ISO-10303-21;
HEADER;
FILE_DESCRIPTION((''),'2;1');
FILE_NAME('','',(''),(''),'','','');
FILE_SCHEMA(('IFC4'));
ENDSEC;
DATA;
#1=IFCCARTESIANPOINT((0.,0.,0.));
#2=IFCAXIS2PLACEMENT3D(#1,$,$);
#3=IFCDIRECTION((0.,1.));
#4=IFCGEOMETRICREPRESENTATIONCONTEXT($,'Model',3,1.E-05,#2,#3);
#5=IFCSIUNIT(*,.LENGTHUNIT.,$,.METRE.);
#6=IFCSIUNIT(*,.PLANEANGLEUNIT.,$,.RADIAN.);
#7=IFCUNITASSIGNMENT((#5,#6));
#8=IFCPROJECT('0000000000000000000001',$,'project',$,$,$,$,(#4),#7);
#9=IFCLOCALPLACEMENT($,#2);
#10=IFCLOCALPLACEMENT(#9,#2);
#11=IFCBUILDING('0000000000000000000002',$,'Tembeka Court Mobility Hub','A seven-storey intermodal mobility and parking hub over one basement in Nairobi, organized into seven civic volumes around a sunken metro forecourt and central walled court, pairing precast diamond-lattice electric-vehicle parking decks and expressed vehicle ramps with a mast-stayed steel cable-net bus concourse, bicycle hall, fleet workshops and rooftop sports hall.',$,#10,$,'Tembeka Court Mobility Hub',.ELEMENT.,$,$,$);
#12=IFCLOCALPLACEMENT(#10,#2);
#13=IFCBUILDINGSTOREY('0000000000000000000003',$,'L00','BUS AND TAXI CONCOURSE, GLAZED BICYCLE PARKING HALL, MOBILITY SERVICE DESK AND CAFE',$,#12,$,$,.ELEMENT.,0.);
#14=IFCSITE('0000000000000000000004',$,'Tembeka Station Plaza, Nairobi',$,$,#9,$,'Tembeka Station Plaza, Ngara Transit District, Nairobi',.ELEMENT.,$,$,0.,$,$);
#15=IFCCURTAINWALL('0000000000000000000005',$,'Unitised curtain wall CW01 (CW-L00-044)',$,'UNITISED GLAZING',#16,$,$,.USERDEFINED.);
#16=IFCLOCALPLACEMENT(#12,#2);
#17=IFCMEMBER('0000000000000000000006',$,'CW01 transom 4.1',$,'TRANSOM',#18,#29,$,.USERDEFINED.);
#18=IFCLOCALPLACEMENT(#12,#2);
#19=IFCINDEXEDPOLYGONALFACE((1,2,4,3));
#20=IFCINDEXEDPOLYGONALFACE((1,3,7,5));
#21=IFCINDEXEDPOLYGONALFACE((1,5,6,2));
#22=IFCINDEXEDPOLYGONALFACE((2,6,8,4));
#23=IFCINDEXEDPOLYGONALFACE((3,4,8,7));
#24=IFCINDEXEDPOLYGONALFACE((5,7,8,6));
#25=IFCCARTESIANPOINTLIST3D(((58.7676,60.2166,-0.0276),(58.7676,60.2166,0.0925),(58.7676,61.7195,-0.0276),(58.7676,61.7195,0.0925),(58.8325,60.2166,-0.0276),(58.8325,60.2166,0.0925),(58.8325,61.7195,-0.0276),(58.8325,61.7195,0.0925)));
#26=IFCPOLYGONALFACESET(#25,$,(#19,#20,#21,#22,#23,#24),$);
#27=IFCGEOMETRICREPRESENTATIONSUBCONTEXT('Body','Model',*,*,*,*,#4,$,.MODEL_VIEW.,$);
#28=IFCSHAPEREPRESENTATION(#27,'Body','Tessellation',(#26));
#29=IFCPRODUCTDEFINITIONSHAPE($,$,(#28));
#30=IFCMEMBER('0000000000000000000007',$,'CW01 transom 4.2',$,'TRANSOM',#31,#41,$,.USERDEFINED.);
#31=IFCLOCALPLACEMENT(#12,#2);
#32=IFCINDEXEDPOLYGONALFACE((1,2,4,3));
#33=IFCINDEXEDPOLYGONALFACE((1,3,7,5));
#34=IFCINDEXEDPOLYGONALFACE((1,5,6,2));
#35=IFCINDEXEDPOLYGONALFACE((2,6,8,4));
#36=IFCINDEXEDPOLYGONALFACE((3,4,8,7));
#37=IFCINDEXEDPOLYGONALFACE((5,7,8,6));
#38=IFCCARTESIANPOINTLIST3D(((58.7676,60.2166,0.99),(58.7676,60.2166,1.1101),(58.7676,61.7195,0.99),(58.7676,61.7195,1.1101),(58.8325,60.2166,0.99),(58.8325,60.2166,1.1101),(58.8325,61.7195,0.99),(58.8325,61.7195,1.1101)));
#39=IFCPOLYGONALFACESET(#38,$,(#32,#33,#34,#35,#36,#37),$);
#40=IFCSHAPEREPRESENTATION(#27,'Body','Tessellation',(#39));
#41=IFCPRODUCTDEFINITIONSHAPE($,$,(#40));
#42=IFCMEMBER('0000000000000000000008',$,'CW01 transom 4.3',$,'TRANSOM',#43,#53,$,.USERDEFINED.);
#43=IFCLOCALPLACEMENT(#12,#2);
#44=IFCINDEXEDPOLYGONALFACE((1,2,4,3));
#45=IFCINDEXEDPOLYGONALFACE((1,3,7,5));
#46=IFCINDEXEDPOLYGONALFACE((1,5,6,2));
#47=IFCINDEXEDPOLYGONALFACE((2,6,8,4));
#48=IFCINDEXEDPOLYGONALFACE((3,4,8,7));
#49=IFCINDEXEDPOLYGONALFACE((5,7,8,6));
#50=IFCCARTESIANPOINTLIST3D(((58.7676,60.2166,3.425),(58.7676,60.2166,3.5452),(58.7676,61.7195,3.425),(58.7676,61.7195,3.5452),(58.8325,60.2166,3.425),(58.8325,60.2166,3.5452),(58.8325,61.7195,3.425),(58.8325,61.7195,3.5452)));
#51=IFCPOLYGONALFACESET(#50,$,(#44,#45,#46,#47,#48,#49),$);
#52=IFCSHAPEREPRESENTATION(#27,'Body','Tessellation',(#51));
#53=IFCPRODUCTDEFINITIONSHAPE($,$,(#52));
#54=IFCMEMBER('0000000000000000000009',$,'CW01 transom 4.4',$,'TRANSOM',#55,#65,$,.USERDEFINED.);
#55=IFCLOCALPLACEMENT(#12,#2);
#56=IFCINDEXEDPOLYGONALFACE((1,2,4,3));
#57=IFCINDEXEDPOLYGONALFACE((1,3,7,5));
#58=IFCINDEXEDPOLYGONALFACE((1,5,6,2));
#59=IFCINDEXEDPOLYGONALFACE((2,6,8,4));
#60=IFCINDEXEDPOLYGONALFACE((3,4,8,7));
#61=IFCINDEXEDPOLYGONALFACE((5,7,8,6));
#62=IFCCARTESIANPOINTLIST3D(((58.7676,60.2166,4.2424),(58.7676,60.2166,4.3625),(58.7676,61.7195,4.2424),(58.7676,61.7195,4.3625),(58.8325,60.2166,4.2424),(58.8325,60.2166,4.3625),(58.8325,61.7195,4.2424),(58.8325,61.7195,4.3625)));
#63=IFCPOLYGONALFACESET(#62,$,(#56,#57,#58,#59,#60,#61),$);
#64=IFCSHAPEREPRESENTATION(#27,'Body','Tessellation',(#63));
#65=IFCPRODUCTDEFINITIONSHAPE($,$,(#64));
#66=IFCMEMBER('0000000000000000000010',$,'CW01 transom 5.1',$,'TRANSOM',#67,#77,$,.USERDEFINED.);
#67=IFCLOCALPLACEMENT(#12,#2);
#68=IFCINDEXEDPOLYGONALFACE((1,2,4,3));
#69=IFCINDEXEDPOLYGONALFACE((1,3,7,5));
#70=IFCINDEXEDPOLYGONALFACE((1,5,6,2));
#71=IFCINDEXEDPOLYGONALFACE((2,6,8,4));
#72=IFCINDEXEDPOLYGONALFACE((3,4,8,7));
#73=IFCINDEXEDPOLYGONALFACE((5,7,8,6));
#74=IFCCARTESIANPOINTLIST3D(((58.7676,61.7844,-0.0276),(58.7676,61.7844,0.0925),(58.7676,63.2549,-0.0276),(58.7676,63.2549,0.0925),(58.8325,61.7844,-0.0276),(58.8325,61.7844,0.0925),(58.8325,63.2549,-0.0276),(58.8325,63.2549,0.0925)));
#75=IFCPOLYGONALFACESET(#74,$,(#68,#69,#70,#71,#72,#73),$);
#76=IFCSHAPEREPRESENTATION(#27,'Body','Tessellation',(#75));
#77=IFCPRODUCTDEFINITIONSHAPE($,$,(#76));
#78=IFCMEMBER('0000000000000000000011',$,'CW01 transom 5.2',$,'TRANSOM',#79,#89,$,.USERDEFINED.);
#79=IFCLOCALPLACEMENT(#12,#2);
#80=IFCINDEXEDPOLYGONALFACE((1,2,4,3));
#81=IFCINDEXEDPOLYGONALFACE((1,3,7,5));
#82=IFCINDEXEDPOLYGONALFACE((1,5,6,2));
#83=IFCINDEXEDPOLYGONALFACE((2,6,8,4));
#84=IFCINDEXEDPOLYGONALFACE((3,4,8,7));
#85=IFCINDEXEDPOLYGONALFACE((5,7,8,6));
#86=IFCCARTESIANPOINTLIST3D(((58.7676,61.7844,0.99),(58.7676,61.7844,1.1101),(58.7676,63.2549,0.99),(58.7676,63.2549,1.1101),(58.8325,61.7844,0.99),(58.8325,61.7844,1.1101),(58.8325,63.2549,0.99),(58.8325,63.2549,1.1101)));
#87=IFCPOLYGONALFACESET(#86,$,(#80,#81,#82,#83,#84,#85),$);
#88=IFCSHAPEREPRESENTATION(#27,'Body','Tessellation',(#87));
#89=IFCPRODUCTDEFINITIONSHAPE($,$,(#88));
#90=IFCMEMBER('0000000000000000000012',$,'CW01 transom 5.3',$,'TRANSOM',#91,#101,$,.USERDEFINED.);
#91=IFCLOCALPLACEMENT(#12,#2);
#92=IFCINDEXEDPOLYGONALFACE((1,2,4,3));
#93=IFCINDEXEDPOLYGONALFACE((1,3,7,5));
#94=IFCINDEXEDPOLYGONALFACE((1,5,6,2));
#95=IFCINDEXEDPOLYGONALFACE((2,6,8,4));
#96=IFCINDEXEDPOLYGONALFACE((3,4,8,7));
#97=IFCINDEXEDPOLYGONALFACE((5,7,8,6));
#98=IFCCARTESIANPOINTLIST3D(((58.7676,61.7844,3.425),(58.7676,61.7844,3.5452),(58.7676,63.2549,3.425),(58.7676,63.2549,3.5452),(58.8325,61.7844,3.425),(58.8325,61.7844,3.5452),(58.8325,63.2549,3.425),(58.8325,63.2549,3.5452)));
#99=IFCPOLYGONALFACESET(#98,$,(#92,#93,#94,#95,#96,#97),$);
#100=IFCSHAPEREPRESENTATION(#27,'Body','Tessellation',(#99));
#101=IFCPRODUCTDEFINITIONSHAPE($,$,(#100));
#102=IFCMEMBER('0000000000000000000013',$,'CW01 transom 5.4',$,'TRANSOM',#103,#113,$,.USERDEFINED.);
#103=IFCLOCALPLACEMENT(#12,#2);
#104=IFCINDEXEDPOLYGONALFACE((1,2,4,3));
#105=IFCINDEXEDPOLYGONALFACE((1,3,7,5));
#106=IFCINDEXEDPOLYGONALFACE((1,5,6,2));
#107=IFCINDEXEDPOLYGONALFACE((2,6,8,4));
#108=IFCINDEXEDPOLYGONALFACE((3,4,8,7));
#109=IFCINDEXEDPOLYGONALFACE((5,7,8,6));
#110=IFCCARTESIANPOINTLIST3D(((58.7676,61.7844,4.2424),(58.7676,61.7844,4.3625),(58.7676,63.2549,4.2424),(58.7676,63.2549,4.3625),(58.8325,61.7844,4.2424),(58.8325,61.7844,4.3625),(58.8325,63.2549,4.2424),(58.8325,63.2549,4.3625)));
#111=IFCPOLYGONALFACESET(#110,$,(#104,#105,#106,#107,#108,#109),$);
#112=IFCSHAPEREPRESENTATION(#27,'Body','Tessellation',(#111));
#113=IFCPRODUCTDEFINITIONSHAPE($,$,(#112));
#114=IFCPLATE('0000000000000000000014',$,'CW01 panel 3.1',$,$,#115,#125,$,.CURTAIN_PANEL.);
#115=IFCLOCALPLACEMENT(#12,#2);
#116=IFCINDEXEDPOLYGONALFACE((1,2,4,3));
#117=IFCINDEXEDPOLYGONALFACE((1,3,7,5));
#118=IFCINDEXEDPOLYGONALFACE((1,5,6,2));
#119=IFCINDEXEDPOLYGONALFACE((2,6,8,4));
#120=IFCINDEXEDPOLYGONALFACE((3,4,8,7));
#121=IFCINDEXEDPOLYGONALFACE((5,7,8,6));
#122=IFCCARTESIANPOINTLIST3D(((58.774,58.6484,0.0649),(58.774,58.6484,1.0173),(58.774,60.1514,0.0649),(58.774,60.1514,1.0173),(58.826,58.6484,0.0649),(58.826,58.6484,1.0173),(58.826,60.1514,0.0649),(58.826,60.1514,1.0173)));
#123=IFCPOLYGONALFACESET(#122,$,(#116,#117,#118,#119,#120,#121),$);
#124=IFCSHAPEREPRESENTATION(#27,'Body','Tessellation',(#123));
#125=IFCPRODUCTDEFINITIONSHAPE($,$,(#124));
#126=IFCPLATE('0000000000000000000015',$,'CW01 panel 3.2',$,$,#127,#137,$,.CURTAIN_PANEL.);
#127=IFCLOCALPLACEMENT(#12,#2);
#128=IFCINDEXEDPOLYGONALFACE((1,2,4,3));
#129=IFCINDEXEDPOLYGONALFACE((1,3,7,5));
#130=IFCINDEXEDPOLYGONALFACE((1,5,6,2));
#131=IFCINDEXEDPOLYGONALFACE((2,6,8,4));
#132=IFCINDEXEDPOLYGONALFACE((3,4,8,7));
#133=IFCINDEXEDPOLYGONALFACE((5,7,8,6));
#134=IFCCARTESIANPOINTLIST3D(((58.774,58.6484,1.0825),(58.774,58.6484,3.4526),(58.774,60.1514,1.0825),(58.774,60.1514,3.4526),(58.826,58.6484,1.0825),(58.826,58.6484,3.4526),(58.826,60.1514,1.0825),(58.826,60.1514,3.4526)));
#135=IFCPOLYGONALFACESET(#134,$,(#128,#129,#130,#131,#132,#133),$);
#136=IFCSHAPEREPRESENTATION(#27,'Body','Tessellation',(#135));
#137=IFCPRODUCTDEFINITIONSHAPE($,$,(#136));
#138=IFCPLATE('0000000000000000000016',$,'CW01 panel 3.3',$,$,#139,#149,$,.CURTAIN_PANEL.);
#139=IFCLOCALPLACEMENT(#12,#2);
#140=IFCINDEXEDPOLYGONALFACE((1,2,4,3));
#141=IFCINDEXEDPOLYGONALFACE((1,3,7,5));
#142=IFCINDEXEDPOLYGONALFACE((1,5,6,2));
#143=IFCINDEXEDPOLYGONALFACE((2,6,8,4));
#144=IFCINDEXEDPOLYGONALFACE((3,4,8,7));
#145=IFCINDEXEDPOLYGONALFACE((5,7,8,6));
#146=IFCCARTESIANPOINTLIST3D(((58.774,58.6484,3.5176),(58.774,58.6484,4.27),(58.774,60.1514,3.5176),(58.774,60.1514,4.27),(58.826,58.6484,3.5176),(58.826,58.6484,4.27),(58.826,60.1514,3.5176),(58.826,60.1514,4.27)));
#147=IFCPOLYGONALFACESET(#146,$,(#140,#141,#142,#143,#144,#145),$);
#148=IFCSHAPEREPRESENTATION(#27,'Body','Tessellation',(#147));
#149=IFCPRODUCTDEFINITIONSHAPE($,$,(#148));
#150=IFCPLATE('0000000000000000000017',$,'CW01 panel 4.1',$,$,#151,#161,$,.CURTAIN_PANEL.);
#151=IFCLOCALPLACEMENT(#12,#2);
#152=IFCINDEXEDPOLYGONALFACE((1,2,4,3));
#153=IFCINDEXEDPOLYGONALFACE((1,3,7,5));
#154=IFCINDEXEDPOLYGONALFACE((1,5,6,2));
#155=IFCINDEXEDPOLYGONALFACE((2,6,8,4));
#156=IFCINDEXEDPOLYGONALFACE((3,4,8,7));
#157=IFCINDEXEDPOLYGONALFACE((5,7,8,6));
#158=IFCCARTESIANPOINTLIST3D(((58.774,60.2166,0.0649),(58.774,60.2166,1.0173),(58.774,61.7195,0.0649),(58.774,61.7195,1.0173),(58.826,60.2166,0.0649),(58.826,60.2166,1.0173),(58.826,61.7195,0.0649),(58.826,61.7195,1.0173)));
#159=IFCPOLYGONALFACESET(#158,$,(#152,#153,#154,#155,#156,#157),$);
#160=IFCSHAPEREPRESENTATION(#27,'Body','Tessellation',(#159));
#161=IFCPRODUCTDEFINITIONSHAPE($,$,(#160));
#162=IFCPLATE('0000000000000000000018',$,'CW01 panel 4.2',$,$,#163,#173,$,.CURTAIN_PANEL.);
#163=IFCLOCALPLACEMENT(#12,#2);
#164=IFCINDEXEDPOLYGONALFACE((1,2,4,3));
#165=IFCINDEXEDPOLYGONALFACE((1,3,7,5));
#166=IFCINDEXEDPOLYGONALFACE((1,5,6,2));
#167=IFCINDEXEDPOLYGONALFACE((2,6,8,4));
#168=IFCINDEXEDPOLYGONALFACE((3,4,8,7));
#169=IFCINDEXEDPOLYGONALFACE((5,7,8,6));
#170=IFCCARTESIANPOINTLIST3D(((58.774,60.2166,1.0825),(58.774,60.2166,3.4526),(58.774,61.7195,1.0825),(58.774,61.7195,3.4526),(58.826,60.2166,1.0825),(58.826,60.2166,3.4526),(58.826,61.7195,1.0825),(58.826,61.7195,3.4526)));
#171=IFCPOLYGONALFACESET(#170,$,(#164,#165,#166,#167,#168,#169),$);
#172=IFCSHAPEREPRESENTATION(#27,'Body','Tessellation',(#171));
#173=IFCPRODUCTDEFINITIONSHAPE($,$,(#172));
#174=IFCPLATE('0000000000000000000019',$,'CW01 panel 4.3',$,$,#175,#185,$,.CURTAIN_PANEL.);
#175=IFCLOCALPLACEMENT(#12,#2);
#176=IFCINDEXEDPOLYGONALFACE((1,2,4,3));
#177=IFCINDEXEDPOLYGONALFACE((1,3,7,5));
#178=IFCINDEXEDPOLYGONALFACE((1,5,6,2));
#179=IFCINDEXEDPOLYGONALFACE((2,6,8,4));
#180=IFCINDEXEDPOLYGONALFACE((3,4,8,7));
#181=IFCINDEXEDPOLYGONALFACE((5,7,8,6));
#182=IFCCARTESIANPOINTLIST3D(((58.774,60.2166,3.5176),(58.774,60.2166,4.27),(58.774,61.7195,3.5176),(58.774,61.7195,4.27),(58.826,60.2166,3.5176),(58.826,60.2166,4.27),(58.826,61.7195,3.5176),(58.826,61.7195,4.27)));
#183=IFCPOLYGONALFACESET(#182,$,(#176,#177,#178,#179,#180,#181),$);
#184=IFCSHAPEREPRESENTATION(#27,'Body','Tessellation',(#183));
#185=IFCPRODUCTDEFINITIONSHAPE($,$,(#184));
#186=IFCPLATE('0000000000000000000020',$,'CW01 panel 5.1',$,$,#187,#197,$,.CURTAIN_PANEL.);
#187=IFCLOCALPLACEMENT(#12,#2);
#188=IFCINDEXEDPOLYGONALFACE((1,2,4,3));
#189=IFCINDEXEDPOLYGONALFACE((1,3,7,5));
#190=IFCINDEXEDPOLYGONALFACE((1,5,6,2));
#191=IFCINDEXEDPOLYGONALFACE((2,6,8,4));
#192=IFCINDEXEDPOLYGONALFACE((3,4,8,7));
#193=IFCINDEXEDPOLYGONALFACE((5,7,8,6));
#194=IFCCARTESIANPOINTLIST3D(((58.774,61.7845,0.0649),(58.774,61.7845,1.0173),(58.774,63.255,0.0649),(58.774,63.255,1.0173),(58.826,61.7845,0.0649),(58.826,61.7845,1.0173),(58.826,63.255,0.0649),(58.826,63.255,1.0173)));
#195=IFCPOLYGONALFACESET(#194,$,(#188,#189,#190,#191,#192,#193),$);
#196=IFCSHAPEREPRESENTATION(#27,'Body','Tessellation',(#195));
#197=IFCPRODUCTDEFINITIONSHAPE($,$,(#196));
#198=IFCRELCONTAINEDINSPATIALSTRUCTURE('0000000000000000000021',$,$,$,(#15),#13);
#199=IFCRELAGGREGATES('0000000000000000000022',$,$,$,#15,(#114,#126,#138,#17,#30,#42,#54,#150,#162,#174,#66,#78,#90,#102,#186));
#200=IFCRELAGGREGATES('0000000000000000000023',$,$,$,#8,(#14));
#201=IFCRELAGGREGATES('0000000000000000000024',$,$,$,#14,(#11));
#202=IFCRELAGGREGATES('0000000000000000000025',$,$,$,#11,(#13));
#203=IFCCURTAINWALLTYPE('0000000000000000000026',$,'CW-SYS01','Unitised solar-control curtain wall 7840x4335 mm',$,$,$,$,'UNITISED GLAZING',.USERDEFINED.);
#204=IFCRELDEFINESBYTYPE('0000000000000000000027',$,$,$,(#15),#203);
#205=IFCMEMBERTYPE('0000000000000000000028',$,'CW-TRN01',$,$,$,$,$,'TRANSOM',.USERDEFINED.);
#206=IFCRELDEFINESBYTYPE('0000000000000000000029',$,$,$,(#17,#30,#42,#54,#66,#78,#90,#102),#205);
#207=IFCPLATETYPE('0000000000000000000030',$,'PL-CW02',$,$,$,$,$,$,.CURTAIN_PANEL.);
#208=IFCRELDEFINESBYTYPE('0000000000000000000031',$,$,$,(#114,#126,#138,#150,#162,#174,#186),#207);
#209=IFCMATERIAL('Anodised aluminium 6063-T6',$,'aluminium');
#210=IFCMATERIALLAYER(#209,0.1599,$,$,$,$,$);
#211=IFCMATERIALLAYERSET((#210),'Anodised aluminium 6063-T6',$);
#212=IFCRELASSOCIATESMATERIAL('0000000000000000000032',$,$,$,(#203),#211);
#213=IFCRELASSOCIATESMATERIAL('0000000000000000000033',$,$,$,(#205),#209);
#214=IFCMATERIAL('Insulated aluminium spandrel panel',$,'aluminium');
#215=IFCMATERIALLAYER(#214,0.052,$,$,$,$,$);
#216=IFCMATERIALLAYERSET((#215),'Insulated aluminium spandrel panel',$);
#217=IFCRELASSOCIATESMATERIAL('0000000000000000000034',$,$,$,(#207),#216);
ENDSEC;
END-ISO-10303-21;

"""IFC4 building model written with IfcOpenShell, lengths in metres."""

from ifc_helpers import new_model, si_unit, direction, frame, origin, origin_2d, place, context, subcontext, project, spatial, rectangle, extrude, material, layer, layer_set, material_profile, profile_set, type_object, element, aggregate, save


model = new_model("IFC4")

# Units and contexts
model_context = context("Model", 3, precision=1e-05, world=origin(), true_north=direction((0.0, 1.0)))
body_context = subcontext(model_context, "Body", "Model", "MODEL_VIEW")
ifc_project = project(units=[si_unit("LENGTHUNIT", "METRE"), si_unit("PLANEANGLEUNIT", "RADIAN")], contexts=[model_context])

# Site, building, storey
site_placement = place(None, origin())
site = spatial("IfcSite", under=ifc_project, at=site_placement, Name="Tembeka Station Plaza, Nairobi", LongName="Tembeka Station Plaza, Ngara Transit District, Nairobi", CompositionType="ELEMENT", RefElevation=0.0)
building_placement = place(site_placement, origin())
building = spatial("IfcBuilding", under=site, at=building_placement, Name="Tembeka Court Mobility Hub", Description="A seven-storey intermodal mobility and parking hub over one basement in Nairobi, organized into seven civic volumes around a sunken metro forecourt and central walled court, pairing precast diamond-lattice electric-vehicle parking decks and expressed vehicle ramps with a mast-stayed steel cable-net bus concourse, bicycle hall, fleet workshops and rooftop sports hall.", LongName="Tembeka Court Mobility Hub", CompositionType="ELEMENT")
storey_placement = place(building_placement, origin())
storey = spatial("IfcBuildingStorey", under=building, at=storey_placement, Name="L00", Description="BUS AND TAXI CONCOURSE, GLAZED BICYCLE PARKING HALL, MOBILITY SERVICE DESK AND CAFE", CompositionType="ELEMENT", Elevation=0.0)

# Curtain wall, members, plates
ifc_material_1 = material(Name="Anodised aluminium 6063-T6", Category="aluminium")
ifc_layer_1 = layer(ifc_material_1, 0.1599)
ifc_layer_set_1 = layer_set([ifc_layer_1], Name="Anodised aluminium 6063-T6")
curtain_wall_type = type_object("IfcCurtainWallType", Name="CW-SYS01", Description="Unitised solar-control curtain wall 7840x4335 mm", ElementType="UNITISED GLAZING", PredefinedType="USERDEFINED", material=ifc_layer_set_1)
curtain_wall_placement = place(storey_placement, origin())
curtain_wall = element("IfcCurtainWall", 1, at=curtain_wall_placement, inside=storey, type_object=curtain_wall_type, Name="Unitised curtain wall CW01 (CW-L00-044)", ObjectType="UNITISED GLAZING", PredefinedType="USERDEFINED")
ifc_material_profile_1 = material_profile(ifc_material_1, rectangle(XDim=0.0649, YDim=0.1201, at=origin_2d()), Name="ALU-TRN 65x120")
ifc_profile_set_1 = profile_set([ifc_material_profile_1], Name="Anodised aluminium 6063-T6")
member_type_1 = type_object("IfcMemberType", Name="CW-TRN01", ElementType="TRANSOM", PredefinedType="USERDEFINED", material=ifc_profile_set_1)
member_1_placement = place(storey_placement, frame((58.8, 60.2166, 0.0325), z_axis=(0.0, 1.0, 0.0), x_axis=(-1.0, 0.0, 0.0)))
member_1 = element("IfcMember", 2, at=member_1_placement, type_object=member_type_1, Name="CW01 transom 4.1", ObjectType="TRANSOM", PredefinedType="USERDEFINED", context=body_context, shape_type="SweptSolid", body=[
    extrude(rectangle(XDim=0.0649, YDim=0.1201, at=origin_2d()), origin(), (0.0, 0.0, 1.0), 1.5029),
])
member_2_placement = place(storey_placement, frame((58.8, 60.2166, 1.05), z_axis=(0.0, 1.0, 0.0), x_axis=(-1.0, 0.0, 0.0)))
member_2 = element("IfcMember", 3, at=member_2_placement, type_object=member_type_1, Name="CW01 transom 4.2", ObjectType="TRANSOM", PredefinedType="USERDEFINED", context=body_context, shape_type="SweptSolid", body=[
    extrude(rectangle(XDim=0.0649, YDim=0.1201, at=origin_2d()), origin(), (0.0, 0.0, 1.0), 1.5029),
])
member_3_placement = place(storey_placement, frame((58.8, 60.2166, 3.4851), z_axis=(0.0, 1.0, 0.0), x_axis=(-1.0, 0.0, 0.0)))
member_3 = element("IfcMember", 4, at=member_3_placement, type_object=member_type_1, Name="CW01 transom 4.3", ObjectType="TRANSOM", PredefinedType="USERDEFINED", context=body_context, shape_type="SweptSolid", body=[
    extrude(rectangle(XDim=0.0649, YDim=0.1201, at=origin_2d()), origin(), (0.0, 0.0, 1.0), 1.5029),
])
member_4_placement = place(storey_placement, frame((58.8, 60.2166, 4.3025), z_axis=(0.0, 1.0, 0.0), x_axis=(-1.0, 0.0, 0.0)))
member_4 = element("IfcMember", 5, at=member_4_placement, type_object=member_type_1, Name="CW01 transom 4.4", ObjectType="TRANSOM", PredefinedType="USERDEFINED", context=body_context, shape_type="SweptSolid", body=[
    extrude(rectangle(XDim=0.0649, YDim=0.1201, at=origin_2d()), origin(), (0.0, 0.0, 1.0), 1.5029),
])
member_5_placement = place(storey_placement, frame((58.8, 61.7844, 0.0325), z_axis=(0.0, 1.0, 0.0), x_axis=(-1.0, 0.0, 0.0)))
member_5 = element("IfcMember", 6, at=member_5_placement, type_object=member_type_1, Name="CW01 transom 5.1", ObjectType="TRANSOM", PredefinedType="USERDEFINED", context=body_context, shape_type="SweptSolid", body=[
    extrude(rectangle(XDim=0.0649, YDim=0.1201, at=origin_2d()), origin(), (0.0, 0.0, 1.0), 1.4705),
])
member_6_placement = place(storey_placement, frame((58.8, 61.7844, 1.05), z_axis=(0.0, 1.0, 0.0), x_axis=(-1.0, 0.0, 0.0)))
member_6 = element("IfcMember", 7, at=member_6_placement, type_object=member_type_1, Name="CW01 transom 5.2", ObjectType="TRANSOM", PredefinedType="USERDEFINED", context=body_context, shape_type="SweptSolid", body=[
    extrude(rectangle(XDim=0.0649, YDim=0.1201, at=origin_2d()), origin(), (0.0, 0.0, 1.0), 1.4705),
])
member_7_placement = place(storey_placement, frame((58.8, 61.7844, 3.4851), z_axis=(0.0, 1.0, 0.0), x_axis=(-1.0, 0.0, 0.0)))
member_7 = element("IfcMember", 8, at=member_7_placement, type_object=member_type_1, Name="CW01 transom 5.3", ObjectType="TRANSOM", PredefinedType="USERDEFINED", context=body_context, shape_type="SweptSolid", body=[
    extrude(rectangle(XDim=0.0649, YDim=0.1201, at=origin_2d()), origin(), (0.0, 0.0, 1.0), 1.4705),
])
member_8_placement = place(storey_placement, frame((58.8, 61.7844, 4.3025), z_axis=(0.0, 1.0, 0.0), x_axis=(-1.0, 0.0, 0.0)))
member_8 = element("IfcMember", 9, at=member_8_placement, type_object=member_type_1, Name="CW01 transom 5.4", ObjectType="TRANSOM", PredefinedType="USERDEFINED", context=body_context, shape_type="SweptSolid", body=[
    extrude(rectangle(XDim=0.0649, YDim=0.1201, at=origin_2d()), origin(), (0.0, 0.0, 1.0), 1.4705),
])
ifc_material_2 = material(Name="Insulated aluminium spandrel panel", Category="aluminium")
ifc_layer_2 = layer(ifc_material_2, 0.052)
ifc_layer_set_2 = layer_set([ifc_layer_2], Name="Insulated aluminium spandrel panel")
plate_type = type_object("IfcPlateType", Name="PL-CW02", PredefinedType="CURTAIN_PANEL", material=ifc_layer_set_2)
plate_1_placement = place(storey_placement, frame((58.8, 59.3999, 0.0649), z_axis=(0.0, 0.0, 1.0), x_axis=(0.0, 1.0, 0.0)))
plate_1 = element("IfcPlate", 10, at=plate_1_placement, type_object=plate_type, Name="CW01 panel 3.1", PredefinedType="CURTAIN_PANEL", context=body_context, shape_type="SweptSolid", body=[
    extrude(rectangle(XDim=1.5029, YDim=0.052, at=origin_2d()), origin(), (0.0, 0.0, 1.0), 0.9524),
])
plate_2_placement = place(storey_placement, frame((58.8, 59.3999, 1.0825), z_axis=(0.0, 0.0, 1.0), x_axis=(0.0, 1.0, 0.0)))
plate_2 = element("IfcPlate", 11, at=plate_2_placement, type_object=plate_type, Name="CW01 panel 3.2", PredefinedType="CURTAIN_PANEL", context=body_context, shape_type="SweptSolid", body=[
    extrude(rectangle(XDim=1.5029, YDim=0.052, at=origin_2d()), origin(), (0.0, 0.0, 1.0), 2.3701),
])
plate_3_placement = place(storey_placement, frame((58.8, 59.3999, 3.5176), z_axis=(0.0, 0.0, 1.0), x_axis=(0.0, 1.0, 0.0)))
plate_3 = element("IfcPlate", 12, at=plate_3_placement, type_object=plate_type, Name="CW01 panel 3.3", PredefinedType="CURTAIN_PANEL", context=body_context, shape_type="SweptSolid", body=[
    extrude(rectangle(XDim=1.5029, YDim=0.052, at=origin_2d()), origin(), (0.0, 0.0, 1.0), 0.7524),
])
plate_4_placement = place(storey_placement, frame((58.8, 60.968, 0.0649), z_axis=(0.0, 0.0, 1.0), x_axis=(0.0, 1.0, 0.0)))
plate_4 = element("IfcPlate", 13, at=plate_4_placement, type_object=plate_type, Name="CW01 panel 4.1", PredefinedType="CURTAIN_PANEL", context=body_context, shape_type="SweptSolid", body=[
    extrude(rectangle(XDim=1.5029, YDim=0.052, at=origin_2d()), origin(), (0.0, 0.0, 1.0), 0.9524),
])
plate_5_placement = place(storey_placement, frame((58.8, 60.968, 1.0825), z_axis=(0.0, 0.0, 1.0), x_axis=(0.0, 1.0, 0.0)))
plate_5 = element("IfcPlate", 14, at=plate_5_placement, type_object=plate_type, Name="CW01 panel 4.2", PredefinedType="CURTAIN_PANEL", context=body_context, shape_type="SweptSolid", body=[
    extrude(rectangle(XDim=1.5029, YDim=0.052, at=origin_2d()), origin(), (0.0, 0.0, 1.0), 2.3701),
])
plate_6_placement = place(storey_placement, frame((58.8, 60.968, 3.5176), z_axis=(0.0, 0.0, 1.0), x_axis=(0.0, 1.0, 0.0)))
plate_6 = element("IfcPlate", 15, at=plate_6_placement, type_object=plate_type, Name="CW01 panel 4.3", PredefinedType="CURTAIN_PANEL", context=body_context, shape_type="SweptSolid", body=[
    extrude(rectangle(XDim=1.5029, YDim=0.052, at=origin_2d()), origin(), (0.0, 0.0, 1.0), 0.7524),
])
plate_7_placement = place(storey_placement, frame((58.8, 62.5198, 0.0649), z_axis=(0.0, 0.0, 1.0), x_axis=(0.0, 1.0, 0.0)))
plate_7 = element("IfcPlate", 16, at=plate_7_placement, type_object=plate_type, Name="CW01 panel 5.1", PredefinedType="CURTAIN_PANEL", context=body_context, shape_type="SweptSolid", body=[
    extrude(rectangle(XDim=1.4705, YDim=0.052, at=origin_2d()), origin(), (0.0, 0.0, 1.0), 0.9524),
])
aggregate(curtain_wall, [plate_1, plate_2, plate_3, member_1, member_2, member_3, member_4, plate_4, plate_5, plate_6, member_5, member_6, member_7, member_8, plate_7])

save(model, "model.ifc")
